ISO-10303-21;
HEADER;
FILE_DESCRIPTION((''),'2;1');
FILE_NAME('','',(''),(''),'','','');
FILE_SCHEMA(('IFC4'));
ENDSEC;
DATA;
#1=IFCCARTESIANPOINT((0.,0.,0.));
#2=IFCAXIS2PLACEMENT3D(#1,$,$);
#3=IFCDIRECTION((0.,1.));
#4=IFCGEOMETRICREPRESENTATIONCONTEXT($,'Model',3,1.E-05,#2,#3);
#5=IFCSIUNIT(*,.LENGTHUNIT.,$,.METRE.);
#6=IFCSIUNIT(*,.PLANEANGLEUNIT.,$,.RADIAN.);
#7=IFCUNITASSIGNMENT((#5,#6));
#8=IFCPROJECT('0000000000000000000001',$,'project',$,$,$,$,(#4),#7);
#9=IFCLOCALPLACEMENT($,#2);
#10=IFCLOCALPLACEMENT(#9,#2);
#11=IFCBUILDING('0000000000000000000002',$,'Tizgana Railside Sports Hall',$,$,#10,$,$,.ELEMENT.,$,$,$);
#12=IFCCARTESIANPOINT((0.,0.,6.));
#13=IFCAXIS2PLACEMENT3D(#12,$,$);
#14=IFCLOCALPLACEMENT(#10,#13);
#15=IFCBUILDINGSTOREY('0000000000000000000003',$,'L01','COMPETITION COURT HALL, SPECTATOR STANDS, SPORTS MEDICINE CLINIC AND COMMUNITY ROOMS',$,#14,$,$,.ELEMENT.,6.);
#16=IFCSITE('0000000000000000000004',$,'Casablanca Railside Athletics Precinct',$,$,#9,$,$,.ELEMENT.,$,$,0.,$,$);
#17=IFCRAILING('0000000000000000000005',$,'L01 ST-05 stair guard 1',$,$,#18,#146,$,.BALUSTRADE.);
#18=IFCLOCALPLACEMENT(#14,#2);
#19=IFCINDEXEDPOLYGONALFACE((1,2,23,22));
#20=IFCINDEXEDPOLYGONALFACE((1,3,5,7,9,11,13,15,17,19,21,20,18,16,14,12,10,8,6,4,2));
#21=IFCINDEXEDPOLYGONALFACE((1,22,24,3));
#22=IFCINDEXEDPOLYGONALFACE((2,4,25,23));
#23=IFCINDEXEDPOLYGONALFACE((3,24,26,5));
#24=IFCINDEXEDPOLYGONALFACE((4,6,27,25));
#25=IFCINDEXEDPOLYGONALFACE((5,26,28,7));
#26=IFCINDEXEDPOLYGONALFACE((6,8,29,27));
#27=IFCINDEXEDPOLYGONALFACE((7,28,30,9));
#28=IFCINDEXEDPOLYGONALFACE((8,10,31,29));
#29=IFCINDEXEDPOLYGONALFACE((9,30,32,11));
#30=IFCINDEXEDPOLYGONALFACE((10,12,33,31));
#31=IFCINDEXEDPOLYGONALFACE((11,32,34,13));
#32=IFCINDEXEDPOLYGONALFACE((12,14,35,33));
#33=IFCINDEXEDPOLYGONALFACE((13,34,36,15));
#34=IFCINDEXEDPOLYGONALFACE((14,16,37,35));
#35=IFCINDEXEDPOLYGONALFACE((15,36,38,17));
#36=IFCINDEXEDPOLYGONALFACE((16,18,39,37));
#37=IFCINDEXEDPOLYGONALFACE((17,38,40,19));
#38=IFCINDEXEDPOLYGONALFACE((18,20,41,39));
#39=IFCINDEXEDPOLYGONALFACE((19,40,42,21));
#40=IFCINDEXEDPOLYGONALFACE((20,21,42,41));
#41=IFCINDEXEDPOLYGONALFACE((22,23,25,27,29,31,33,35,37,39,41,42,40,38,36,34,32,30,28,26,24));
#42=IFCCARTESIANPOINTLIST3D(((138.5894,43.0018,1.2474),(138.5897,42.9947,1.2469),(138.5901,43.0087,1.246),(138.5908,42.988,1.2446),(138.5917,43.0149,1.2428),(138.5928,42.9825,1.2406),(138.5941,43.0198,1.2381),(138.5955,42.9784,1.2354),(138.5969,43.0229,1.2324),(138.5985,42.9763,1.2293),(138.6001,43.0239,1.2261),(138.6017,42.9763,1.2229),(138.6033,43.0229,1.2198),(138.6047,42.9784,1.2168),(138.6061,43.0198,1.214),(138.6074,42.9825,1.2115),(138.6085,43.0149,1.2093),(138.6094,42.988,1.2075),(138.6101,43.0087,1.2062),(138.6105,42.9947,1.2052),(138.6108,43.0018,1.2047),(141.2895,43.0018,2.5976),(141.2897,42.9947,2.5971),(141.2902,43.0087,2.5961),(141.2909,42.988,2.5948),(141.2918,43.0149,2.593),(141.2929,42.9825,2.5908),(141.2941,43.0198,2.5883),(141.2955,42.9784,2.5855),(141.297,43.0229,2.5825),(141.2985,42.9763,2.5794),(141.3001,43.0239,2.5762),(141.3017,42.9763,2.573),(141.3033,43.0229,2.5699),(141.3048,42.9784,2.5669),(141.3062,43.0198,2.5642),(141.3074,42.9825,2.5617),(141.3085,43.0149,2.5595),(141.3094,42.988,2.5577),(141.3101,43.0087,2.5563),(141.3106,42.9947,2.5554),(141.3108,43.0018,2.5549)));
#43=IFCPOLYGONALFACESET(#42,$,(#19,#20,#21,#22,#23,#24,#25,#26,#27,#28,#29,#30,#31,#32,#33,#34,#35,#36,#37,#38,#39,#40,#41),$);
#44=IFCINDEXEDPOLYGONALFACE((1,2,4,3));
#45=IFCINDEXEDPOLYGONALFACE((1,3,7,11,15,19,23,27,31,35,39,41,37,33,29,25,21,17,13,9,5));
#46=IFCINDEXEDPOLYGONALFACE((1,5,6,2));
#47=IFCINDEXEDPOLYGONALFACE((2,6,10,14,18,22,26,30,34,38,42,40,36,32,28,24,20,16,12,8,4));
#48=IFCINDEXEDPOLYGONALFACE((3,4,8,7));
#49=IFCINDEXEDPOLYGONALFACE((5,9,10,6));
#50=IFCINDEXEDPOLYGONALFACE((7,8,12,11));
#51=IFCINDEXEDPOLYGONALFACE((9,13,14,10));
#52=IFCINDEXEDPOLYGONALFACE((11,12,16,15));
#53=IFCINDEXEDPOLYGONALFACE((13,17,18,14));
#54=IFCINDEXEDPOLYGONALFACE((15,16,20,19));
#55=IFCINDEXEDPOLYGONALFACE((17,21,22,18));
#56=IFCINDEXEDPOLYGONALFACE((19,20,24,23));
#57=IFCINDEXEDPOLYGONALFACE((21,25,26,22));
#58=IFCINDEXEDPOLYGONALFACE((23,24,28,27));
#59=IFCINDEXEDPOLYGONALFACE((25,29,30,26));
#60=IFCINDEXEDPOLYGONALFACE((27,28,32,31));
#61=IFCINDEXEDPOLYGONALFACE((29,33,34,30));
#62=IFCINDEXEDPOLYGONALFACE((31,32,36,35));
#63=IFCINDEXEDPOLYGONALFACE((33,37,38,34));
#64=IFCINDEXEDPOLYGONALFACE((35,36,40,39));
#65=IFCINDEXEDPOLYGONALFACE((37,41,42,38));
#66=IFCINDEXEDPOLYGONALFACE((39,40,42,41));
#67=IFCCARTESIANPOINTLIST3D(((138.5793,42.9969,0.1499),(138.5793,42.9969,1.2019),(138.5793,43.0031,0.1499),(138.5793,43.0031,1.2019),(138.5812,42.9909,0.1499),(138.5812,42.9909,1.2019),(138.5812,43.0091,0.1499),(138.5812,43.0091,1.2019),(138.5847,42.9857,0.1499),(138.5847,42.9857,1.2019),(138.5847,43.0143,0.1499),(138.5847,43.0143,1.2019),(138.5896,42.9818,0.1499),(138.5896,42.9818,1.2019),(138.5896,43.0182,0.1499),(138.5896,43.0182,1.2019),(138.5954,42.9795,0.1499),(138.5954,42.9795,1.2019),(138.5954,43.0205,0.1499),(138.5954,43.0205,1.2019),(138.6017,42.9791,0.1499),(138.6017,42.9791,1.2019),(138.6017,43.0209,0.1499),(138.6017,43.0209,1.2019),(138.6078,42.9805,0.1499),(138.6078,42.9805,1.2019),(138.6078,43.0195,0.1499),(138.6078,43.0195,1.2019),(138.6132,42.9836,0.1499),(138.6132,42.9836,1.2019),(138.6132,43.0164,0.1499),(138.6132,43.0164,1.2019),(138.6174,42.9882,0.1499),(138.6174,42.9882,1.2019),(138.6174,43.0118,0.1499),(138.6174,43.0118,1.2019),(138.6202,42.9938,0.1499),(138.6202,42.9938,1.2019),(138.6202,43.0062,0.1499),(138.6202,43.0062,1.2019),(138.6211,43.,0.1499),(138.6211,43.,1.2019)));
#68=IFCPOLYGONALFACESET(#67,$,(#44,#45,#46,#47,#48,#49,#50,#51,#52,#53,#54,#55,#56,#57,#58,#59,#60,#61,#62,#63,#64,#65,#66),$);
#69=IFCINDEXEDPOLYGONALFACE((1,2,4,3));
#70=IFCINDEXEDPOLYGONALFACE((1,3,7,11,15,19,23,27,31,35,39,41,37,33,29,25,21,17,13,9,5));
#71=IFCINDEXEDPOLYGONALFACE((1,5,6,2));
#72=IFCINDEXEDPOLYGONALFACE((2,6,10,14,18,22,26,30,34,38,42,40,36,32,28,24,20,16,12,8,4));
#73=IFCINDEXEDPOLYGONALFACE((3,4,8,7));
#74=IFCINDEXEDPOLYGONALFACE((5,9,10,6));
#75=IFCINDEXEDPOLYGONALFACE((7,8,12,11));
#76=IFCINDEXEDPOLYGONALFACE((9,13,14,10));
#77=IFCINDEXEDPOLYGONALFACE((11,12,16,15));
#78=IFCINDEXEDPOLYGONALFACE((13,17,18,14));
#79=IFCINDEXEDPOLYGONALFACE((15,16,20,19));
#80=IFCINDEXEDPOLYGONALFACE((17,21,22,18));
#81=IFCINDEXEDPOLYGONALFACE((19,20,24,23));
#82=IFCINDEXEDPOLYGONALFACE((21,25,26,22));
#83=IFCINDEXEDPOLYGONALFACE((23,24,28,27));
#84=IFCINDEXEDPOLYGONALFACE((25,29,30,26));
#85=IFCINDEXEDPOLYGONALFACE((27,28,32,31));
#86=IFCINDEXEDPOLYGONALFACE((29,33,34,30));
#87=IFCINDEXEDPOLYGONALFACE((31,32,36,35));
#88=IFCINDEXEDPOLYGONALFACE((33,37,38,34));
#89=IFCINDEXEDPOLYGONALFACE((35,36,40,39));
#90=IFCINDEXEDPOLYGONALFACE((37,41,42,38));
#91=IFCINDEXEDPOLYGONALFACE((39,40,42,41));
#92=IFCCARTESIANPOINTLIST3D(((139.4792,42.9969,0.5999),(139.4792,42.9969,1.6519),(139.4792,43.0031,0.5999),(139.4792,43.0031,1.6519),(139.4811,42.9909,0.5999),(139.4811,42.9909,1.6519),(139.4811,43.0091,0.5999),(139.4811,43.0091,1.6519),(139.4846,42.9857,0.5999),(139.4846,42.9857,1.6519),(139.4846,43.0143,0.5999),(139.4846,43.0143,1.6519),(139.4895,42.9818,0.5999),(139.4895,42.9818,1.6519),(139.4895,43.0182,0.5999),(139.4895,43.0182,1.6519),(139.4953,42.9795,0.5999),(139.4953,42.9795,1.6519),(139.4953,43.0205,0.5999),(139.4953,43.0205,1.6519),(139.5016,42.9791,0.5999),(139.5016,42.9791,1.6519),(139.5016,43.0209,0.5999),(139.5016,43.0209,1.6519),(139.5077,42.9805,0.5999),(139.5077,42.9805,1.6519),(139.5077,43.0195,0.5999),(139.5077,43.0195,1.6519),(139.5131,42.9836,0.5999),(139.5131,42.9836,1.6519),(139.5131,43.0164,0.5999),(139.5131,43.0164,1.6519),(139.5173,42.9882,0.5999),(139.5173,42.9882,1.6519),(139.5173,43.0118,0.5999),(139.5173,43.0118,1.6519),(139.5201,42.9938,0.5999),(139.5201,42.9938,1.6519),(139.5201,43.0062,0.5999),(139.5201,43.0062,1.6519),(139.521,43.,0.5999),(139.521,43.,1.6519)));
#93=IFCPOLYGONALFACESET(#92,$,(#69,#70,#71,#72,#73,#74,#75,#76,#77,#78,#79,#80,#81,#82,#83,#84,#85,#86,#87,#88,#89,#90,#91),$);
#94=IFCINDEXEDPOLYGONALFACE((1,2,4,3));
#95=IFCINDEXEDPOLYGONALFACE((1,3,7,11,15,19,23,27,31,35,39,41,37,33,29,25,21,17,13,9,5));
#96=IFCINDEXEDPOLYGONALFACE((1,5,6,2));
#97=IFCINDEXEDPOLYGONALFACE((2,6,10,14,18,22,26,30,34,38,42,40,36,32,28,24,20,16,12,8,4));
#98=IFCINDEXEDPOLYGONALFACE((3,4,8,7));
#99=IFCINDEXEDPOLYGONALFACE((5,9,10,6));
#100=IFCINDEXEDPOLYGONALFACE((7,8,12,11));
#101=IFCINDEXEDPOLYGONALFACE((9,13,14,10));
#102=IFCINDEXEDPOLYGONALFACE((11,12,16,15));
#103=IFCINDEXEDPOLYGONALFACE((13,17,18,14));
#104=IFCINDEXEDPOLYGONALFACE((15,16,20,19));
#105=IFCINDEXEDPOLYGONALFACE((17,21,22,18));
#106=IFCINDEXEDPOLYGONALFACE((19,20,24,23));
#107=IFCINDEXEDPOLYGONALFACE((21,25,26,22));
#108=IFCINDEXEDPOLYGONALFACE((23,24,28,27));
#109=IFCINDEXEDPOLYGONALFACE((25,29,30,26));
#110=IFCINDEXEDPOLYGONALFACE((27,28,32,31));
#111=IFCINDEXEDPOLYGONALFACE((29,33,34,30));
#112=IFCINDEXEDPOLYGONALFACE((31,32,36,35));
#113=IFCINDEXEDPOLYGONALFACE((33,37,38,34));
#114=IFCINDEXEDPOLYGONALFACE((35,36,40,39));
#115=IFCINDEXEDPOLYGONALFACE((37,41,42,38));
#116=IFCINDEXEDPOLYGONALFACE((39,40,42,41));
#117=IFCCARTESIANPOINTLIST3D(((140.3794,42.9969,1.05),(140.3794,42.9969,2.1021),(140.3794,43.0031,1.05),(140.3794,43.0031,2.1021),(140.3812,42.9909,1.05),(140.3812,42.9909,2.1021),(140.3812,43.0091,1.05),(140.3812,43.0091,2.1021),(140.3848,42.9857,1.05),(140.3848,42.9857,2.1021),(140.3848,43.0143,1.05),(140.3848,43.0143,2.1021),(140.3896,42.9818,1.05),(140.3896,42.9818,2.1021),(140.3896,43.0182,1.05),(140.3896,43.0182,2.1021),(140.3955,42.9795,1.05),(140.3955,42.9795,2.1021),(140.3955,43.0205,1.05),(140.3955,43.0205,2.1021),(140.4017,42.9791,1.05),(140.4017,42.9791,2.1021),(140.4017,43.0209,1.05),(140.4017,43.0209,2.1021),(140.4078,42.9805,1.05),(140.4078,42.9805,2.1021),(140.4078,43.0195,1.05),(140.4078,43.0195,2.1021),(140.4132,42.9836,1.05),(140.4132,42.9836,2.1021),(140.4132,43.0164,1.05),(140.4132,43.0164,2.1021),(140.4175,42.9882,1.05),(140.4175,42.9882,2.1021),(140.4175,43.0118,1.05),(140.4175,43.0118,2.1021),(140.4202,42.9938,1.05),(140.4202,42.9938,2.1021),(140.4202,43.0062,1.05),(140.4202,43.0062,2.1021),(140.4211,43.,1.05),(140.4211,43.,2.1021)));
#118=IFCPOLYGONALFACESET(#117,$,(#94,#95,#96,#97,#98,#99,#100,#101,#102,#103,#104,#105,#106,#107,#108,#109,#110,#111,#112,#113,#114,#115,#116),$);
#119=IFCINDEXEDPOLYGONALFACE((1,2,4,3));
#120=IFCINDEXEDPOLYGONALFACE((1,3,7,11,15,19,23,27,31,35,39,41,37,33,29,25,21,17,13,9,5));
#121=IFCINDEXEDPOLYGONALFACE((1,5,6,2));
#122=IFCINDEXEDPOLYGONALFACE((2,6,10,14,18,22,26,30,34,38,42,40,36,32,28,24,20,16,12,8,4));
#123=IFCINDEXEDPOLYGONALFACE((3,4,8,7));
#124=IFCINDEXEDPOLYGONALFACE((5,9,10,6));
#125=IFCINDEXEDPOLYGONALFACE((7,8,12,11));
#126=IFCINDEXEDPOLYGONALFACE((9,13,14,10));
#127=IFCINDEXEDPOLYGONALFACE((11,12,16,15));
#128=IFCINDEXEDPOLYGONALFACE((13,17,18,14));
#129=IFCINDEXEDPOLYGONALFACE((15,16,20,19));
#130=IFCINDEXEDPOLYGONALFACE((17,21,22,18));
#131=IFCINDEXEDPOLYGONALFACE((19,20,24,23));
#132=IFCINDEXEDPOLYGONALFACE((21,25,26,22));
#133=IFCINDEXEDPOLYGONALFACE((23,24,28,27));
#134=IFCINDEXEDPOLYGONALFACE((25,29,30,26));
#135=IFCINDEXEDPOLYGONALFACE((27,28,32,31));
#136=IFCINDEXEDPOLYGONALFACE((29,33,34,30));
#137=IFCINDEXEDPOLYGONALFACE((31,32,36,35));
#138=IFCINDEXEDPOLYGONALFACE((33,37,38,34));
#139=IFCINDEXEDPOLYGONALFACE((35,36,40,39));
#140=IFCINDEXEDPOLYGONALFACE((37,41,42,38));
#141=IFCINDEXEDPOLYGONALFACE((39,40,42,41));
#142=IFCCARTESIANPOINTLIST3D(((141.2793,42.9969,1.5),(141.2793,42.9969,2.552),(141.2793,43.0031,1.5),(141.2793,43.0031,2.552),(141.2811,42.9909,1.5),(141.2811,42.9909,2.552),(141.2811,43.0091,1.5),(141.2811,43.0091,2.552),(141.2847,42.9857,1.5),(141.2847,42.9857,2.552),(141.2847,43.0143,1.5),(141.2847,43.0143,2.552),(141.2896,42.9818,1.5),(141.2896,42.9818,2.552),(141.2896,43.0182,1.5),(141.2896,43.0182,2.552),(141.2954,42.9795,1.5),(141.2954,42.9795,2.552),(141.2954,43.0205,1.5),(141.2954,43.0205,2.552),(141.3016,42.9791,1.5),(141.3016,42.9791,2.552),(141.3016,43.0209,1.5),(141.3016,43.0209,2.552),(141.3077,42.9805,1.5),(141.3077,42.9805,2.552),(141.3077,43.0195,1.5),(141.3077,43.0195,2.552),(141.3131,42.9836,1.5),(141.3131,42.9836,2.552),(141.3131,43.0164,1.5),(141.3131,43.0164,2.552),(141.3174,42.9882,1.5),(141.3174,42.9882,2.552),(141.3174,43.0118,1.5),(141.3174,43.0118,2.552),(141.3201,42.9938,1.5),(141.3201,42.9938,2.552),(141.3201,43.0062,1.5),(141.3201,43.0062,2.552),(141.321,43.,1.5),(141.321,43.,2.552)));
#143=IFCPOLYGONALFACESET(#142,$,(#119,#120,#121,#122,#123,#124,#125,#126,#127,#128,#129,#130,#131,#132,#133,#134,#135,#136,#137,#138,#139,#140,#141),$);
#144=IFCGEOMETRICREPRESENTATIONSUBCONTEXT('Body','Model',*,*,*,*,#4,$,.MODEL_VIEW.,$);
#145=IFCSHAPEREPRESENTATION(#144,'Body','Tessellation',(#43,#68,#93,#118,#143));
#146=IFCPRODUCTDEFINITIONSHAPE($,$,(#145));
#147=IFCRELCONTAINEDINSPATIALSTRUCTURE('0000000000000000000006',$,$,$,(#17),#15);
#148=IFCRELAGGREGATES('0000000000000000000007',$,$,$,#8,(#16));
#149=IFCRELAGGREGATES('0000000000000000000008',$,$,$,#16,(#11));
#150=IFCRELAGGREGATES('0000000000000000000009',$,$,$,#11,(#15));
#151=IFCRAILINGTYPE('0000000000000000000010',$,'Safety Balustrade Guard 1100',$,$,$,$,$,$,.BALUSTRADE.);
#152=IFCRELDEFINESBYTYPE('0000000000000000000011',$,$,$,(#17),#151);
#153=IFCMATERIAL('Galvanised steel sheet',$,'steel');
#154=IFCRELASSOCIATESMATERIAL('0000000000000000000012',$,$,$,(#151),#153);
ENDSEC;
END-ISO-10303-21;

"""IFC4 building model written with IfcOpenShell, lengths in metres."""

from ifc_helpers import new_model, si_unit, direction, frame, origin, origin_2d, place, context, subcontext, project, spatial, circle, extrude, material, type_object, element, save


model = new_model("IFC4")

# Units and contexts
model_context = context("Model", 3, precision=1e-05, world=origin(), true_north=direction((0.0, 1.0)))
body_context = subcontext(model_context, "Body", "Model", "MODEL_VIEW")
ifc_project = project(units=[si_unit("LENGTHUNIT", "METRE"), si_unit("PLANEANGLEUNIT", "RADIAN")], contexts=[model_context])

# Site, building, storey
site_placement = place(None, origin())
site = spatial("IfcSite", under=ifc_project, at=site_placement, Name="Casablanca Railside Athletics Precinct", CompositionType="ELEMENT", RefElevation=0.0)
building_placement = place(site_placement, origin())
building = spatial("IfcBuilding", under=site, at=building_placement, Name="Tizgana Railside Sports Hall", CompositionType="ELEMENT")
storey_placement = place(building_placement, frame((0.0, 0.0, 6.0)))
storey = spatial("IfcBuildingStorey", under=building, at=storey_placement, Name="L01", Description="COMPETITION COURT HALL, SPECTATOR STANDS, SPORTS MEDICINE CLINIC AND COMMUNITY ROOMS", CompositionType="ELEMENT", Elevation=6.0)

# Railing
ifc_material_1 = material(Name="Galvanised steel sheet", Category="steel")
railing_type_1 = type_object("IfcRailingType", Name="Safety Balustrade Guard 1100", PredefinedType="BALUSTRADE", material=ifc_material_1)
railing_1_placement = place(storey_placement, frame((138.6001, 43.0, 0.1499)))
element("IfcRailing", 1, at=railing_1_placement, inside=storey, type_object=railing_type_1, Name="L01 ST-05 stair guard 1", PredefinedType="BALUSTRADE", context=body_context, shape_type="SweptSolid", body=[
    extrude(circle(Radius=0.0239, at=origin_2d()), frame((0.0, 0.0, 1.0762), z_axis=(0.894411, 0.0, 0.447246), x_axis=(0.0, 1.0, 0.0)), (0.0, 0.0, 1.0), 3.0188),
    extrude(circle(Radius=0.021, at=origin_2d()), origin(), (0.0, 0.0, 1.0), 1.052),
    extrude(circle(Radius=0.021, at=origin_2d()), frame((0.8999, 0.0, 0.45)), (0.0, 0.0, 1.0), 1.052),
    extrude(circle(Radius=0.021, at=origin_2d()), frame((1.8, 0.0, 0.9001)), (0.0, 0.0, 1.0), 1.052),
    extrude(circle(Radius=0.021, at=origin_2d()), frame((2.7, 0.0, 1.3501)), (0.0, 0.0, 1.0), 1.052),
])

save(model, "model.ifc")
